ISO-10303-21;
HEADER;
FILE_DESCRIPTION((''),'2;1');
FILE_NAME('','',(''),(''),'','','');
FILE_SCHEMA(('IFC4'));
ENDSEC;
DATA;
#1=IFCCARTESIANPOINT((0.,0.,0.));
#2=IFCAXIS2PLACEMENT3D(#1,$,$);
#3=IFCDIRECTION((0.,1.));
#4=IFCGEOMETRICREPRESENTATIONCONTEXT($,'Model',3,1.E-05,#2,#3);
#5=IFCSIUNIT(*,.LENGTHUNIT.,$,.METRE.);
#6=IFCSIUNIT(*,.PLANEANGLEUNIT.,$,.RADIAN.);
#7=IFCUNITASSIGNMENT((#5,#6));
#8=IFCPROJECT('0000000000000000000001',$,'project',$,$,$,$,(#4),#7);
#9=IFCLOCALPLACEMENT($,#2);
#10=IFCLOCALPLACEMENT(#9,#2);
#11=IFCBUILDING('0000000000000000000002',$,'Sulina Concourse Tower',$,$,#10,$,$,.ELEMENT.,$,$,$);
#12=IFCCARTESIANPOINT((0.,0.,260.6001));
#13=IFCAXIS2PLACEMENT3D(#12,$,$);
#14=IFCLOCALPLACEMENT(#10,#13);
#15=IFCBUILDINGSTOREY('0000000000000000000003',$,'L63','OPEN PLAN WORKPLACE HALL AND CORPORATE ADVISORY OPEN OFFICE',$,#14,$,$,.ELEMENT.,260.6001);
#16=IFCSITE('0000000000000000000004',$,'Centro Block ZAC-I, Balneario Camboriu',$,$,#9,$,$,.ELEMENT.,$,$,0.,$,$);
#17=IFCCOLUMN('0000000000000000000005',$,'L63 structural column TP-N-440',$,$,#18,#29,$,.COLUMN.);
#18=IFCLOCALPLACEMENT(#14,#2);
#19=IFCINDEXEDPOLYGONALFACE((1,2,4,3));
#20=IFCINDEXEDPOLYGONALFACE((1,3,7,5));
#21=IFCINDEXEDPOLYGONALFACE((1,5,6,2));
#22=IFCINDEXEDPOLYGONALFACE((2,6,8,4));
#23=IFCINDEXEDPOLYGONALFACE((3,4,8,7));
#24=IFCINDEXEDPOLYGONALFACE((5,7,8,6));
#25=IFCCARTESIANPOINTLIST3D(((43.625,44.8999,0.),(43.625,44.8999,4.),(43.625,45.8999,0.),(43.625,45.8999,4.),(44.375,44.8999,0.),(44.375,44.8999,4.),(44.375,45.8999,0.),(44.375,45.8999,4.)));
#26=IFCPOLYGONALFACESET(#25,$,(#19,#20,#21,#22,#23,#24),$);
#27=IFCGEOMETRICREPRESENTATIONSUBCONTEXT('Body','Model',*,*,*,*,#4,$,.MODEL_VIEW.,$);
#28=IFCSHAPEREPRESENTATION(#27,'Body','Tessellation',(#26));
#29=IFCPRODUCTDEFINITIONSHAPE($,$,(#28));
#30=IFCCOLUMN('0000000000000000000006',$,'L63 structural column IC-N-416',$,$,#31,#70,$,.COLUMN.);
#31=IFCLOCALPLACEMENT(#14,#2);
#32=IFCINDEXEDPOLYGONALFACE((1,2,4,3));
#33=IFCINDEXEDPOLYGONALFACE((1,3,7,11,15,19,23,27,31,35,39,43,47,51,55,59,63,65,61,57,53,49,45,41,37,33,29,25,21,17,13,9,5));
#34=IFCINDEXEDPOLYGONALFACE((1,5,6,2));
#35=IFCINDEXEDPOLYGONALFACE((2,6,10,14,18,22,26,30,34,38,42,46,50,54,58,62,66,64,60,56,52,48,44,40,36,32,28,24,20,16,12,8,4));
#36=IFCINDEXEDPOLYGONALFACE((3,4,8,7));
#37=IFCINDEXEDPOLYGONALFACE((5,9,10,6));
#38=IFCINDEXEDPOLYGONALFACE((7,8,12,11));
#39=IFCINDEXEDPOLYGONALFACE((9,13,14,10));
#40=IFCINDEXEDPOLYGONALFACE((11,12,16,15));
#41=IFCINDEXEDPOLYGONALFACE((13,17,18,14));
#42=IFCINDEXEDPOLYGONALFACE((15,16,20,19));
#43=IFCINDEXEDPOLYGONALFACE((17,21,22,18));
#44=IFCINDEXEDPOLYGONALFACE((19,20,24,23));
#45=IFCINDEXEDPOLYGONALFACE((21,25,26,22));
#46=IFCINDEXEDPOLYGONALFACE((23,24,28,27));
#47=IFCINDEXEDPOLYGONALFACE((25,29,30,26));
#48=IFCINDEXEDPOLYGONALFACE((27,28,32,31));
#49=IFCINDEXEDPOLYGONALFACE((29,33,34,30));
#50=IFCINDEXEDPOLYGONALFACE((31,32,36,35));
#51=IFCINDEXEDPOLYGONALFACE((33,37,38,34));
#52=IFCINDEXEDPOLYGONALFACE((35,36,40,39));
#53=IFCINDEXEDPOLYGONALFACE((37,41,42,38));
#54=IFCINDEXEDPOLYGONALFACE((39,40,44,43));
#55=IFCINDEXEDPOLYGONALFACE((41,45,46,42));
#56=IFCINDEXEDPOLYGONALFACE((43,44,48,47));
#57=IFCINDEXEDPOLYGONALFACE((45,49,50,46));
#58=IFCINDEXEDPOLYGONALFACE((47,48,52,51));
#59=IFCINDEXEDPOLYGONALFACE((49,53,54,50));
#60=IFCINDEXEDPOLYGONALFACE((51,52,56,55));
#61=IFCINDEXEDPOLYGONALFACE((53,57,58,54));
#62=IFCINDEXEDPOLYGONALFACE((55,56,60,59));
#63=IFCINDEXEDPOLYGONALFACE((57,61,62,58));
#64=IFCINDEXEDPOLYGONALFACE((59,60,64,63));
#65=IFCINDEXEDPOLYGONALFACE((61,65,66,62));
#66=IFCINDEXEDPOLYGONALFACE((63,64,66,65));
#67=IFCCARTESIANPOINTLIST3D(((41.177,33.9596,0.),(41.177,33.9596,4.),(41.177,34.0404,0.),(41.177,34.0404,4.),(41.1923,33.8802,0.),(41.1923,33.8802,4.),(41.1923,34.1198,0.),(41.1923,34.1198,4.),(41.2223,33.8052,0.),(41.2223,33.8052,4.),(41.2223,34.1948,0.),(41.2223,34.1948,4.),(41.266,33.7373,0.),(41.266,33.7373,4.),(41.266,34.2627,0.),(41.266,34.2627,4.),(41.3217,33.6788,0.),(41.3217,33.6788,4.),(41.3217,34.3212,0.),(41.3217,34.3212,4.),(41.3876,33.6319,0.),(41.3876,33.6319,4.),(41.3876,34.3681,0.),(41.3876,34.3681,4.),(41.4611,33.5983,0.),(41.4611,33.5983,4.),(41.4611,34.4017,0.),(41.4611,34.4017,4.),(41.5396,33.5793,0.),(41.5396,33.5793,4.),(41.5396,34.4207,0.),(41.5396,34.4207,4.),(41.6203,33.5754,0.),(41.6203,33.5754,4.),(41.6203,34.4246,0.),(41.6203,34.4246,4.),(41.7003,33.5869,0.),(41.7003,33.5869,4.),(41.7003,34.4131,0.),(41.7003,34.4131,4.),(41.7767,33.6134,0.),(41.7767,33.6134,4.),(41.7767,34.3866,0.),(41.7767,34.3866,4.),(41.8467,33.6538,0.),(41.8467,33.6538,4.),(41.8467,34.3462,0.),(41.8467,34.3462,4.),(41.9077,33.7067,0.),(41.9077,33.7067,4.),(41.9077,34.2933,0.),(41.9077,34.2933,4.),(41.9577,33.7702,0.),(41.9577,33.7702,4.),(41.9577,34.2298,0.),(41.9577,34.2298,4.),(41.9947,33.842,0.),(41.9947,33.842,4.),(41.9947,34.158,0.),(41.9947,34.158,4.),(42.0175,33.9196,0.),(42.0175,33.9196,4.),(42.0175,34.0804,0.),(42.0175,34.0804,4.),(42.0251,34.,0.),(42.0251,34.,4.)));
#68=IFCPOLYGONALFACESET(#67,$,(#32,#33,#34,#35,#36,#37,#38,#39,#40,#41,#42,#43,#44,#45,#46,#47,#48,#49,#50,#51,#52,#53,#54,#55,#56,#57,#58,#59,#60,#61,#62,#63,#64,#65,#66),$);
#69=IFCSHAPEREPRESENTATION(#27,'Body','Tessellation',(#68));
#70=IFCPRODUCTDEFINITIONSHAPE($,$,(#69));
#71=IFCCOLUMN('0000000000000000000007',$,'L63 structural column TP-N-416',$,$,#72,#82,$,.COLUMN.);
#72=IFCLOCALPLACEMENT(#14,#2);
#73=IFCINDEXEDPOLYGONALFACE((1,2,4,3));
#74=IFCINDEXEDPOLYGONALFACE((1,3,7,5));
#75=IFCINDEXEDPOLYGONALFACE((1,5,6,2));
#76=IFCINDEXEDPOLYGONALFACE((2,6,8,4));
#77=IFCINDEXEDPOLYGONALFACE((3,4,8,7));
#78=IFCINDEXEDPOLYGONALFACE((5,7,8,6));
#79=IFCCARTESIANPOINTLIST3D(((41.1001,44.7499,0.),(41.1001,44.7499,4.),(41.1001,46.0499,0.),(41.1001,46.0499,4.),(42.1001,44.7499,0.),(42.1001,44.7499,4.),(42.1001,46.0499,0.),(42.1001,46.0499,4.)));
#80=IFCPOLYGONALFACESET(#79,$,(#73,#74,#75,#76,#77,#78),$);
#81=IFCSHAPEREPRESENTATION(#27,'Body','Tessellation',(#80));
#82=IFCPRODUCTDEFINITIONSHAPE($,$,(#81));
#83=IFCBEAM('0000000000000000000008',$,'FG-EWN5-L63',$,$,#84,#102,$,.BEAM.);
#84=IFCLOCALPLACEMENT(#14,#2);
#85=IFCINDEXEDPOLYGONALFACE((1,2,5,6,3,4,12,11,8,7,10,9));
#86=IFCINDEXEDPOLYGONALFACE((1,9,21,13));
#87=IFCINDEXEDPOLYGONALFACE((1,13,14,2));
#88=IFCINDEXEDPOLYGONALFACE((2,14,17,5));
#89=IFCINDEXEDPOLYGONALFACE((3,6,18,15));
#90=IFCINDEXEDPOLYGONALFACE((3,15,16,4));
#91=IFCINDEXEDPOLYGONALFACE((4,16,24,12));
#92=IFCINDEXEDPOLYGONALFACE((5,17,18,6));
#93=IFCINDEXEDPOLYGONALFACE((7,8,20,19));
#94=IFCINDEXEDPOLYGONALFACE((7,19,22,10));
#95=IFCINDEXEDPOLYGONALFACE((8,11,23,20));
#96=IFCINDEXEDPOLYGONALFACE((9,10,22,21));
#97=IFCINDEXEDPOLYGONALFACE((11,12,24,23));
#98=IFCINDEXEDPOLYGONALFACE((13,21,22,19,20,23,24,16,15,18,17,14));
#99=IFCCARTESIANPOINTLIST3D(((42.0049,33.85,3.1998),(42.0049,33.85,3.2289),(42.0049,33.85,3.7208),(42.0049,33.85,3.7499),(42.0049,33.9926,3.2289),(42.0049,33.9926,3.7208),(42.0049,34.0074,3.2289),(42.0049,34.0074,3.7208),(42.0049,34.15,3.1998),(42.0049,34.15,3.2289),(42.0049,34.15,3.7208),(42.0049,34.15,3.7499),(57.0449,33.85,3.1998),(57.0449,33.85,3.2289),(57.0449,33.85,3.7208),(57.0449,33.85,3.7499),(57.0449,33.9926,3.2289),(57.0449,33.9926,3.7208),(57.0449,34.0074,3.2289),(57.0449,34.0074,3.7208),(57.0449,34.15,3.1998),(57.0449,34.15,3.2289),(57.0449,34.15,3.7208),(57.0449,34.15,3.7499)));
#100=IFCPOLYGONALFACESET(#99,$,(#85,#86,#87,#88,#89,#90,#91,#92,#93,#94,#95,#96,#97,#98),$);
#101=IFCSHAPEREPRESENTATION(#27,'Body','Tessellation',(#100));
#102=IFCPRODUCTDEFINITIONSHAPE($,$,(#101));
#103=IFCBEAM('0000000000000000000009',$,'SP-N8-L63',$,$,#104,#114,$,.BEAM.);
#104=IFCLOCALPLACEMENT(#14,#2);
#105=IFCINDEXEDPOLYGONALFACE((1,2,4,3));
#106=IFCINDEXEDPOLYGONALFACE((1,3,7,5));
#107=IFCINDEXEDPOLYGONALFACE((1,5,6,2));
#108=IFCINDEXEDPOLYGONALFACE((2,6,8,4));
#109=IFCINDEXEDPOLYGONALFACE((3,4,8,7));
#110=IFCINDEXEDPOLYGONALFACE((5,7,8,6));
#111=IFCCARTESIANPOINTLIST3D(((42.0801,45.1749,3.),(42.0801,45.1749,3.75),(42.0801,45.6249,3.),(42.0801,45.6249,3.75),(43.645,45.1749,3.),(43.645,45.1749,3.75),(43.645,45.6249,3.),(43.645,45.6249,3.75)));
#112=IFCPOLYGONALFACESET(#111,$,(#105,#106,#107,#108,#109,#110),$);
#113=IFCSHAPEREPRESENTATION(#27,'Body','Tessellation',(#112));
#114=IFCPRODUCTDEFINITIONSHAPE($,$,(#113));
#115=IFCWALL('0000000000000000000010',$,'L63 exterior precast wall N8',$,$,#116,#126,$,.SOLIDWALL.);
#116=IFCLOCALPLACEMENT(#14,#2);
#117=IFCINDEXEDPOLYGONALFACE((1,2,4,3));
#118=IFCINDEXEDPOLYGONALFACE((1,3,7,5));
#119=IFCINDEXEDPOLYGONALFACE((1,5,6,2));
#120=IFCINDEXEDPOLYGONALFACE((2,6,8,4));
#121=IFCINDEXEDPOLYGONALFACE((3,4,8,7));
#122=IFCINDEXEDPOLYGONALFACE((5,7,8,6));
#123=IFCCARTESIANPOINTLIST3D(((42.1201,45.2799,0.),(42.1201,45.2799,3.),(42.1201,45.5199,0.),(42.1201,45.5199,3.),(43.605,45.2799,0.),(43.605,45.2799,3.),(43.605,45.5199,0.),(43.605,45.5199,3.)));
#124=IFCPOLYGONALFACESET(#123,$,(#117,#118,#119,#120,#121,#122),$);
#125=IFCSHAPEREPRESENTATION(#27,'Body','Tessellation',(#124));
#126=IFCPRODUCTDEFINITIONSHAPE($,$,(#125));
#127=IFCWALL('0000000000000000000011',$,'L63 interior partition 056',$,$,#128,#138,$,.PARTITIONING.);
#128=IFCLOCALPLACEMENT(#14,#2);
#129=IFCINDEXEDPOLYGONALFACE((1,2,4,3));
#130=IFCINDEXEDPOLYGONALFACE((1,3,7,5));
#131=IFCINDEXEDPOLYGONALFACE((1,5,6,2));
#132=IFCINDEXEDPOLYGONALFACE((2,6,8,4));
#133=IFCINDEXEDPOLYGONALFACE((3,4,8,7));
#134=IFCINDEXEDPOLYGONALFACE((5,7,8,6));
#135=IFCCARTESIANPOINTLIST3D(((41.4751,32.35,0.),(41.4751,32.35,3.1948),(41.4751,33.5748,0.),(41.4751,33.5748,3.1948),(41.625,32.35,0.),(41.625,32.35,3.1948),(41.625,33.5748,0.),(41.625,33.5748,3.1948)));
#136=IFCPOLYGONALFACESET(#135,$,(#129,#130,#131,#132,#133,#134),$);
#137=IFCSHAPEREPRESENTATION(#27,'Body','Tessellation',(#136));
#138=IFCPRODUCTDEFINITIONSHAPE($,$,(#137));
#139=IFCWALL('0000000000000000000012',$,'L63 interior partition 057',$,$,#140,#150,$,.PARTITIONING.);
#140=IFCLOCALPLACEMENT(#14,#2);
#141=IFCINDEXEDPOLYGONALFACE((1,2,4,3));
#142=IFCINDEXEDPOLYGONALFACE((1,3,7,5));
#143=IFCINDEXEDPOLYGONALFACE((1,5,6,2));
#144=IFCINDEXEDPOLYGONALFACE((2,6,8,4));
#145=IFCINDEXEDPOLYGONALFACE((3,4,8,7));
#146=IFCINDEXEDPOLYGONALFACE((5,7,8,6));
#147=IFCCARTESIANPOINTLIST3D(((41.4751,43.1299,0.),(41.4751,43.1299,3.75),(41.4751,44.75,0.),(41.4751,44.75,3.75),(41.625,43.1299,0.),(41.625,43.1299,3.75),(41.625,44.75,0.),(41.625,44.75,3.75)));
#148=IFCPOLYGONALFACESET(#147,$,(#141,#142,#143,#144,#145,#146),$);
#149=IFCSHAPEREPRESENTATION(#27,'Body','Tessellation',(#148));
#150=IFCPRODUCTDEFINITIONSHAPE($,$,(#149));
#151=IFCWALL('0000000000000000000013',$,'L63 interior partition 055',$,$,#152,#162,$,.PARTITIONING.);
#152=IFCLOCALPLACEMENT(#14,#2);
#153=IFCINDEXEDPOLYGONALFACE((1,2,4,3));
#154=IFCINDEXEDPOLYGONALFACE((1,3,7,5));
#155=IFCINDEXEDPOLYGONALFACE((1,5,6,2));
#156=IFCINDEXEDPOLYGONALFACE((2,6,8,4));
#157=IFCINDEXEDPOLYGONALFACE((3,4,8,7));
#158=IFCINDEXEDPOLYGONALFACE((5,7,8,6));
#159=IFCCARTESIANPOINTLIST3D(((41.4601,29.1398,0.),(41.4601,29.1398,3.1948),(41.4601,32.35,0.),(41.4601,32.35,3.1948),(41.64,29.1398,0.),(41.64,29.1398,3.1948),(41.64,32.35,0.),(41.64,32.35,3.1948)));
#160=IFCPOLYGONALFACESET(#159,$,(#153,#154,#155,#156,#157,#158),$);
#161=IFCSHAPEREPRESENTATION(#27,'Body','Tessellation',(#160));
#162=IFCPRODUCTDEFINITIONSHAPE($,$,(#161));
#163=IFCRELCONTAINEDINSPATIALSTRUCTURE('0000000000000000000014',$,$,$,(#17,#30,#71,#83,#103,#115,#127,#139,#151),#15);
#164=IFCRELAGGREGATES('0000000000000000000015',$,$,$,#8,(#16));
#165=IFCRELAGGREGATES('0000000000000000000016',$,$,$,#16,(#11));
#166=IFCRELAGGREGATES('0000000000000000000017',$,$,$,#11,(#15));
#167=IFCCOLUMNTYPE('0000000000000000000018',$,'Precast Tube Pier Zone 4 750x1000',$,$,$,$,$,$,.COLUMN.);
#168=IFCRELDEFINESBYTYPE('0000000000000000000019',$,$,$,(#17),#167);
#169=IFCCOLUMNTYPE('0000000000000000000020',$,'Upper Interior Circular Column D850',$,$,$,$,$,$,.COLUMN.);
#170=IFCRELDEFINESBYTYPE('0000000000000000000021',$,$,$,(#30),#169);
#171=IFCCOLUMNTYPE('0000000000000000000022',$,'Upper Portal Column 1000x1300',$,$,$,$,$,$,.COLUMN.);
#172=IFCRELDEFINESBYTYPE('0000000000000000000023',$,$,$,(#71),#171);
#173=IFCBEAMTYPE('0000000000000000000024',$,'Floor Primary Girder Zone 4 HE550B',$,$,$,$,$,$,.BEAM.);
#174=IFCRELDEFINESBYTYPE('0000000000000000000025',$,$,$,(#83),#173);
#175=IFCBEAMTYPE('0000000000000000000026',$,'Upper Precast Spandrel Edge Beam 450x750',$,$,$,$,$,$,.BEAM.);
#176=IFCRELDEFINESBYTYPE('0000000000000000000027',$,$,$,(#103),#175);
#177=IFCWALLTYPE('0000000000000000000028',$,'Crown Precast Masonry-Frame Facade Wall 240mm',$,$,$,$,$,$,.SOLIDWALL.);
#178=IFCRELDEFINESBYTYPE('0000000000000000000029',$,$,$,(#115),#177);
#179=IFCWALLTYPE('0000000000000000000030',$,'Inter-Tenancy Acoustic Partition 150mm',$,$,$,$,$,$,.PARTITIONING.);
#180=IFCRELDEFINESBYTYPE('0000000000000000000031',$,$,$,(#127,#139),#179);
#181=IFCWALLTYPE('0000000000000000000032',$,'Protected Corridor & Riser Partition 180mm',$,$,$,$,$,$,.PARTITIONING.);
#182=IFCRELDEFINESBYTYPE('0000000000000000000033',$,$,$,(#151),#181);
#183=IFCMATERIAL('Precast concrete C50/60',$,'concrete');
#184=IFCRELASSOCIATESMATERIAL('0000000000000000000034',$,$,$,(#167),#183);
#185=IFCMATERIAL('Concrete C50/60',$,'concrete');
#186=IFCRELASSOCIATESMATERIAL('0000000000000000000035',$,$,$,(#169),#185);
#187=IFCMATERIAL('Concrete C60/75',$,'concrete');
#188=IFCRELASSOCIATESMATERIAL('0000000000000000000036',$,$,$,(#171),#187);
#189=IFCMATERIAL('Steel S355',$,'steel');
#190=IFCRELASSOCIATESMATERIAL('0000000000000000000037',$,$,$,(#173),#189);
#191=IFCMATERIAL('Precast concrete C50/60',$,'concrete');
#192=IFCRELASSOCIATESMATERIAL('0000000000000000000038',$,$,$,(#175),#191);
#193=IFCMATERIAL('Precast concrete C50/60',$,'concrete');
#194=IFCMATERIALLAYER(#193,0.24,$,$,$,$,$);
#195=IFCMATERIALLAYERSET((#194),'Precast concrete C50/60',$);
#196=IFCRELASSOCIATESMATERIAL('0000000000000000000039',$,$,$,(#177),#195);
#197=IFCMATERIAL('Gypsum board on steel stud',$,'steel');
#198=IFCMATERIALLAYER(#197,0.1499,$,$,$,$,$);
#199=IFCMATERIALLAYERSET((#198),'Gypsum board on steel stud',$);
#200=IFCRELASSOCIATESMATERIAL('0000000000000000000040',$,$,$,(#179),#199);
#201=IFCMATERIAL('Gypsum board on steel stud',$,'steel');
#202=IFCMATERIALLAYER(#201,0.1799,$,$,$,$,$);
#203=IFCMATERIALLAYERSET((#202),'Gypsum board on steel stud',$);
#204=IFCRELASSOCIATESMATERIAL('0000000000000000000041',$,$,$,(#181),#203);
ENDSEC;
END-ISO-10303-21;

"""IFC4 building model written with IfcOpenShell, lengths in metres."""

from ifc_helpers import new_model, si_unit, direction, frame, frame_2d, origin, origin_2d, place, context, subcontext, project, spatial, rectangle, circle, i_section, extrude, material, layer, layer_set, material_profile, profile_set, type_object, element, save


model = new_model("IFC4")

# Units and contexts
model_context = context("Model", 3, precision=1e-05, world=origin(), true_north=direction((0.0, 1.0)))
body_context = subcontext(model_context, "Body", "Model", "MODEL_VIEW")
ifc_project = project(units=[si_unit("LENGTHUNIT", "METRE"), si_unit("PLANEANGLEUNIT", "RADIAN")], contexts=[model_context])

# Site, building, storey
site_placement = place(None, origin())
site = spatial("IfcSite", under=ifc_project, at=site_placement, Name="Centro Block ZAC-I, Balneario Camboriu", CompositionType="ELEMENT", RefElevation=0.0)
building_placement = place(site_placement, origin())
building = spatial("IfcBuilding", under=site, at=building_placement, Name="Sulina Concourse Tower", CompositionType="ELEMENT")
storey_placement = place(building_placement, frame((0.0, 0.0, 260.6001)))
storey = spatial("IfcBuildingStorey", under=building, at=storey_placement, Name="L63", Description="OPEN PLAN WORKPLACE HALL AND CORPORATE ADVISORY OPEN OFFICE", CompositionType="ELEMENT", Elevation=260.6001)

# Columns
ifc_material_1 = material(Name="Precast concrete C50/60", Category="concrete")
ifc_material_profile_1 = material_profile(ifc_material_1, rectangle(XDim=0.75, YDim=1.0, at=origin_2d()), Name="PC 750x1000")
ifc_profile_set_1 = profile_set([ifc_material_profile_1], Name="Precast concrete C50/60")
column_type_1 = type_object("IfcColumnType", Name="Precast Tube Pier Zone 4 750x1000", PredefinedType="COLUMN", material=ifc_profile_set_1)
column_1_placement = place(storey_placement, frame((44.0, 45.3999, 0.0), z_axis=(0.0, 0.0, 1.0), x_axis=(1.0, 0.0, 0.0)))
element("IfcColumn", 1, at=column_1_placement, inside=storey, type_object=column_type_1, Name="L63 structural column TP-N-440", PredefinedType="COLUMN", context=body_context, shape_type="SweptSolid", body=[
    extrude(rectangle(XDim=0.75, YDim=1.0, at=origin_2d()), origin(), (0.0, 0.0, 1.0), 4.0),
])
ifc_material_2 = material(Name="Concrete C50/60", Category="concrete")
ifc_material_profile_2 = material_profile(ifc_material_2, circle(Radius=0.425, at=origin_2d()), Name="RC D850")
ifc_profile_set_2 = profile_set([ifc_material_profile_2], Name="Concrete C50/60")
column_type_2 = type_object("IfcColumnType", Name="Upper Interior Circular Column D850", PredefinedType="COLUMN", material=ifc_profile_set_2)
column_2_placement = place(storey_placement, frame((41.6001, 34.0, 0.0), z_axis=(0.0, 0.0, 1.0), x_axis=(1.0, 0.0, 0.0)))
element("IfcColumn", 2, at=column_2_placement, inside=storey, type_object=column_type_2, Name="L63 structural column IC-N-416", PredefinedType="COLUMN", context=body_context, shape_type="SweptSolid", body=[
    extrude(circle(Radius=0.425, at=origin_2d()), origin(), (0.0, 0.0, 1.0), 4.0),
])
ifc_material_3 = material(Name="Concrete C60/75", Category="concrete")
ifc_material_profile_3 = material_profile(ifc_material_3, rectangle(XDim=1.0, YDim=1.3, at=origin_2d()), Name="RC 1000x1300")
ifc_profile_set_3 = profile_set([ifc_material_profile_3], Name="Concrete C60/75")
column_type_3 = type_object("IfcColumnType", Name="Upper Portal Column 1000x1300", PredefinedType="COLUMN", material=ifc_profile_set_3)
column_3_placement = place(storey_placement, frame((41.6001, 45.3999, 0.0), z_axis=(0.0, 0.0, 1.0), x_axis=(1.0, 0.0, 0.0)))
element("IfcColumn", 3, at=column_3_placement, inside=storey, type_object=column_type_3, Name="L63 structural column TP-N-416", PredefinedType="COLUMN", context=body_context, shape_type="SweptSolid", body=[
    extrude(rectangle(XDim=1.0, YDim=1.3, at=origin_2d()), origin(), (0.0, 0.0, 1.0), 4.0),
])

# Beams
ifc_material_4 = material(Name="Steel S355", Category="steel")
ifc_material_profile_4 = material_profile(ifc_material_4, i_section(OverallWidth=0.3, OverallDepth=0.55, WebThickness=0.0149, FlangeThickness=0.0291, at=origin_2d()), Name="HE 550 B")
ifc_profile_set_4 = profile_set([ifc_material_profile_4], Name="Steel S355")
beam_type_1 = type_object("IfcBeamType", Name="Floor Primary Girder Zone 4 HE550B", PredefinedType="BEAM", material=ifc_profile_set_4)
beam_1_placement = place(storey_placement, frame((42.0049, 34.0, 3.4749), z_axis=(1.0, 0.0, 0.0), x_axis=(0.0, 1.0, 0.0)))
element("IfcBeam", 4, at=beam_1_placement, inside=storey, type_object=beam_type_1, Name="FG-EWN5-L63", PredefinedType="BEAM", context=body_context, shape_type="SweptSolid", body=[
    extrude(i_section(OverallWidth=0.3, OverallDepth=0.55, WebThickness=0.0149, FlangeThickness=0.0291, at=origin_2d()), origin(), (0.0, 0.0, 1.0), 15.04),
])
ifc_material_5 = material(Name="Precast concrete C50/60", Category="concrete")
ifc_material_profile_5 = material_profile(ifc_material_5, rectangle(XDim=0.45, YDim=0.75, at=origin_2d()), Name="RC 450x750")
ifc_profile_set_5 = profile_set([ifc_material_profile_5], Name="Precast concrete C50/60")
beam_type_2 = type_object("IfcBeamType", Name="Upper Precast Spandrel Edge Beam 450x750", PredefinedType="BEAM", material=ifc_profile_set_5)
beam_2_placement = place(storey_placement, frame((42.0801, 45.3999, 3.375), z_axis=(1.0, 0.0, 0.0), x_axis=(0.0, 1.0, 0.0)))
element("IfcBeam", 5, at=beam_2_placement, inside=storey, type_object=beam_type_2, Name="SP-N8-L63", PredefinedType="BEAM", context=body_context, shape_type="SweptSolid", body=[
    extrude(rectangle(XDim=0.45, YDim=0.75, at=origin_2d()), origin(), (0.0, 0.0, 1.0), 1.5649),
])

# Walls
ifc_material_6 = material(Name="Precast concrete C50/60", Category="concrete")
ifc_layer_1 = layer(ifc_material_6, 0.24)
ifc_layer_set_1 = layer_set([ifc_layer_1], Name="Precast concrete C50/60")
wall_type_1 = type_object("IfcWallType", Name="Crown Precast Masonry-Frame Facade Wall 240mm", PredefinedType="SOLIDWALL", material=ifc_layer_set_1)
wall_1_placement = place(storey_placement, frame((42.1201, 45.3999, 0.0), z_axis=(0.0, 0.0, 1.0), x_axis=(1.0, 0.0, 0.0)))
element("IfcWall", 6, at=wall_1_placement, inside=storey, type_object=wall_type_1, Name="L63 exterior precast wall N8", PredefinedType="SOLIDWALL", context=body_context, shape_type="SweptSolid", body=[
    extrude(rectangle(XDim=1.4849, YDim=0.24, at=frame_2d((0.7424, 0.0))), origin(), (0.0, 0.0, 1.0), 3.0),
])
ifc_material_7 = material(Name="Gypsum board on steel stud", Category="steel")
ifc_layer_2 = layer(ifc_material_7, 0.1499)
ifc_layer_set_2 = layer_set([ifc_layer_2], Name="Gypsum board on steel stud")
wall_type_2 = type_object("IfcWallType", Name="Inter-Tenancy Acoustic Partition 150mm", PredefinedType="PARTITIONING", material=ifc_layer_set_2)
wall_2_placement = place(storey_placement, frame((41.55, 32.3501, 0.0), z_axis=(0.0, 0.0, 1.0), x_axis=(0.0, 1.0, 0.0)))
element("IfcWall", 7, at=wall_2_placement, inside=storey, type_object=wall_type_2, Name="L63 interior partition 056", PredefinedType="PARTITIONING", context=body_context, shape_type="SweptSolid", body=[
    extrude(rectangle(XDim=1.2249, YDim=0.1499, at=frame_2d((0.6123, 0.0))), origin(), (0.0, 0.0, 1.0), 3.1948),
])
wall_3_placement = place(storey_placement, frame((41.55, 43.1299, 0.0), z_axis=(0.0, 0.0, 1.0), x_axis=(0.0, 1.0, 0.0)))
element("IfcWall", 8, at=wall_3_placement, inside=storey, type_object=wall_type_2, Name="L63 interior partition 057", PredefinedType="PARTITIONING", context=body_context, shape_type="SweptSolid", body=[
    extrude(rectangle(XDim=1.6201, YDim=0.1499, at=frame_2d((0.8101, 0.0))), origin(), (0.0, 0.0, 1.0), 3.75),
])
ifc_material_8 = material(Name="Gypsum board on steel stud", Category="steel")
ifc_layer_3 = layer(ifc_material_8, 0.1799)
ifc_layer_set_3 = layer_set([ifc_layer_3], Name="Gypsum board on steel stud")
wall_type_3 = type_object("IfcWallType", Name="Protected Corridor & Riser Partition 180mm", PredefinedType="PARTITIONING", material=ifc_layer_set_3)
wall_4_placement = place(storey_placement, frame((41.55, 29.1399, 0.0), z_axis=(0.0, 0.0, 1.0), x_axis=(0.0, 1.0, 0.0)))
element("IfcWall", 9, at=wall_4_placement, inside=storey, type_object=wall_type_3, Name="L63 interior partition 055", PredefinedType="PARTITIONING", context=body_context, shape_type="SweptSolid", body=[
    extrude(rectangle(XDim=3.2102, YDim=0.1799, at=frame_2d((1.605, 0.0))), origin(), (0.0, 0.0, 1.0), 3.1948),
])

save(model, "model.ifc")
